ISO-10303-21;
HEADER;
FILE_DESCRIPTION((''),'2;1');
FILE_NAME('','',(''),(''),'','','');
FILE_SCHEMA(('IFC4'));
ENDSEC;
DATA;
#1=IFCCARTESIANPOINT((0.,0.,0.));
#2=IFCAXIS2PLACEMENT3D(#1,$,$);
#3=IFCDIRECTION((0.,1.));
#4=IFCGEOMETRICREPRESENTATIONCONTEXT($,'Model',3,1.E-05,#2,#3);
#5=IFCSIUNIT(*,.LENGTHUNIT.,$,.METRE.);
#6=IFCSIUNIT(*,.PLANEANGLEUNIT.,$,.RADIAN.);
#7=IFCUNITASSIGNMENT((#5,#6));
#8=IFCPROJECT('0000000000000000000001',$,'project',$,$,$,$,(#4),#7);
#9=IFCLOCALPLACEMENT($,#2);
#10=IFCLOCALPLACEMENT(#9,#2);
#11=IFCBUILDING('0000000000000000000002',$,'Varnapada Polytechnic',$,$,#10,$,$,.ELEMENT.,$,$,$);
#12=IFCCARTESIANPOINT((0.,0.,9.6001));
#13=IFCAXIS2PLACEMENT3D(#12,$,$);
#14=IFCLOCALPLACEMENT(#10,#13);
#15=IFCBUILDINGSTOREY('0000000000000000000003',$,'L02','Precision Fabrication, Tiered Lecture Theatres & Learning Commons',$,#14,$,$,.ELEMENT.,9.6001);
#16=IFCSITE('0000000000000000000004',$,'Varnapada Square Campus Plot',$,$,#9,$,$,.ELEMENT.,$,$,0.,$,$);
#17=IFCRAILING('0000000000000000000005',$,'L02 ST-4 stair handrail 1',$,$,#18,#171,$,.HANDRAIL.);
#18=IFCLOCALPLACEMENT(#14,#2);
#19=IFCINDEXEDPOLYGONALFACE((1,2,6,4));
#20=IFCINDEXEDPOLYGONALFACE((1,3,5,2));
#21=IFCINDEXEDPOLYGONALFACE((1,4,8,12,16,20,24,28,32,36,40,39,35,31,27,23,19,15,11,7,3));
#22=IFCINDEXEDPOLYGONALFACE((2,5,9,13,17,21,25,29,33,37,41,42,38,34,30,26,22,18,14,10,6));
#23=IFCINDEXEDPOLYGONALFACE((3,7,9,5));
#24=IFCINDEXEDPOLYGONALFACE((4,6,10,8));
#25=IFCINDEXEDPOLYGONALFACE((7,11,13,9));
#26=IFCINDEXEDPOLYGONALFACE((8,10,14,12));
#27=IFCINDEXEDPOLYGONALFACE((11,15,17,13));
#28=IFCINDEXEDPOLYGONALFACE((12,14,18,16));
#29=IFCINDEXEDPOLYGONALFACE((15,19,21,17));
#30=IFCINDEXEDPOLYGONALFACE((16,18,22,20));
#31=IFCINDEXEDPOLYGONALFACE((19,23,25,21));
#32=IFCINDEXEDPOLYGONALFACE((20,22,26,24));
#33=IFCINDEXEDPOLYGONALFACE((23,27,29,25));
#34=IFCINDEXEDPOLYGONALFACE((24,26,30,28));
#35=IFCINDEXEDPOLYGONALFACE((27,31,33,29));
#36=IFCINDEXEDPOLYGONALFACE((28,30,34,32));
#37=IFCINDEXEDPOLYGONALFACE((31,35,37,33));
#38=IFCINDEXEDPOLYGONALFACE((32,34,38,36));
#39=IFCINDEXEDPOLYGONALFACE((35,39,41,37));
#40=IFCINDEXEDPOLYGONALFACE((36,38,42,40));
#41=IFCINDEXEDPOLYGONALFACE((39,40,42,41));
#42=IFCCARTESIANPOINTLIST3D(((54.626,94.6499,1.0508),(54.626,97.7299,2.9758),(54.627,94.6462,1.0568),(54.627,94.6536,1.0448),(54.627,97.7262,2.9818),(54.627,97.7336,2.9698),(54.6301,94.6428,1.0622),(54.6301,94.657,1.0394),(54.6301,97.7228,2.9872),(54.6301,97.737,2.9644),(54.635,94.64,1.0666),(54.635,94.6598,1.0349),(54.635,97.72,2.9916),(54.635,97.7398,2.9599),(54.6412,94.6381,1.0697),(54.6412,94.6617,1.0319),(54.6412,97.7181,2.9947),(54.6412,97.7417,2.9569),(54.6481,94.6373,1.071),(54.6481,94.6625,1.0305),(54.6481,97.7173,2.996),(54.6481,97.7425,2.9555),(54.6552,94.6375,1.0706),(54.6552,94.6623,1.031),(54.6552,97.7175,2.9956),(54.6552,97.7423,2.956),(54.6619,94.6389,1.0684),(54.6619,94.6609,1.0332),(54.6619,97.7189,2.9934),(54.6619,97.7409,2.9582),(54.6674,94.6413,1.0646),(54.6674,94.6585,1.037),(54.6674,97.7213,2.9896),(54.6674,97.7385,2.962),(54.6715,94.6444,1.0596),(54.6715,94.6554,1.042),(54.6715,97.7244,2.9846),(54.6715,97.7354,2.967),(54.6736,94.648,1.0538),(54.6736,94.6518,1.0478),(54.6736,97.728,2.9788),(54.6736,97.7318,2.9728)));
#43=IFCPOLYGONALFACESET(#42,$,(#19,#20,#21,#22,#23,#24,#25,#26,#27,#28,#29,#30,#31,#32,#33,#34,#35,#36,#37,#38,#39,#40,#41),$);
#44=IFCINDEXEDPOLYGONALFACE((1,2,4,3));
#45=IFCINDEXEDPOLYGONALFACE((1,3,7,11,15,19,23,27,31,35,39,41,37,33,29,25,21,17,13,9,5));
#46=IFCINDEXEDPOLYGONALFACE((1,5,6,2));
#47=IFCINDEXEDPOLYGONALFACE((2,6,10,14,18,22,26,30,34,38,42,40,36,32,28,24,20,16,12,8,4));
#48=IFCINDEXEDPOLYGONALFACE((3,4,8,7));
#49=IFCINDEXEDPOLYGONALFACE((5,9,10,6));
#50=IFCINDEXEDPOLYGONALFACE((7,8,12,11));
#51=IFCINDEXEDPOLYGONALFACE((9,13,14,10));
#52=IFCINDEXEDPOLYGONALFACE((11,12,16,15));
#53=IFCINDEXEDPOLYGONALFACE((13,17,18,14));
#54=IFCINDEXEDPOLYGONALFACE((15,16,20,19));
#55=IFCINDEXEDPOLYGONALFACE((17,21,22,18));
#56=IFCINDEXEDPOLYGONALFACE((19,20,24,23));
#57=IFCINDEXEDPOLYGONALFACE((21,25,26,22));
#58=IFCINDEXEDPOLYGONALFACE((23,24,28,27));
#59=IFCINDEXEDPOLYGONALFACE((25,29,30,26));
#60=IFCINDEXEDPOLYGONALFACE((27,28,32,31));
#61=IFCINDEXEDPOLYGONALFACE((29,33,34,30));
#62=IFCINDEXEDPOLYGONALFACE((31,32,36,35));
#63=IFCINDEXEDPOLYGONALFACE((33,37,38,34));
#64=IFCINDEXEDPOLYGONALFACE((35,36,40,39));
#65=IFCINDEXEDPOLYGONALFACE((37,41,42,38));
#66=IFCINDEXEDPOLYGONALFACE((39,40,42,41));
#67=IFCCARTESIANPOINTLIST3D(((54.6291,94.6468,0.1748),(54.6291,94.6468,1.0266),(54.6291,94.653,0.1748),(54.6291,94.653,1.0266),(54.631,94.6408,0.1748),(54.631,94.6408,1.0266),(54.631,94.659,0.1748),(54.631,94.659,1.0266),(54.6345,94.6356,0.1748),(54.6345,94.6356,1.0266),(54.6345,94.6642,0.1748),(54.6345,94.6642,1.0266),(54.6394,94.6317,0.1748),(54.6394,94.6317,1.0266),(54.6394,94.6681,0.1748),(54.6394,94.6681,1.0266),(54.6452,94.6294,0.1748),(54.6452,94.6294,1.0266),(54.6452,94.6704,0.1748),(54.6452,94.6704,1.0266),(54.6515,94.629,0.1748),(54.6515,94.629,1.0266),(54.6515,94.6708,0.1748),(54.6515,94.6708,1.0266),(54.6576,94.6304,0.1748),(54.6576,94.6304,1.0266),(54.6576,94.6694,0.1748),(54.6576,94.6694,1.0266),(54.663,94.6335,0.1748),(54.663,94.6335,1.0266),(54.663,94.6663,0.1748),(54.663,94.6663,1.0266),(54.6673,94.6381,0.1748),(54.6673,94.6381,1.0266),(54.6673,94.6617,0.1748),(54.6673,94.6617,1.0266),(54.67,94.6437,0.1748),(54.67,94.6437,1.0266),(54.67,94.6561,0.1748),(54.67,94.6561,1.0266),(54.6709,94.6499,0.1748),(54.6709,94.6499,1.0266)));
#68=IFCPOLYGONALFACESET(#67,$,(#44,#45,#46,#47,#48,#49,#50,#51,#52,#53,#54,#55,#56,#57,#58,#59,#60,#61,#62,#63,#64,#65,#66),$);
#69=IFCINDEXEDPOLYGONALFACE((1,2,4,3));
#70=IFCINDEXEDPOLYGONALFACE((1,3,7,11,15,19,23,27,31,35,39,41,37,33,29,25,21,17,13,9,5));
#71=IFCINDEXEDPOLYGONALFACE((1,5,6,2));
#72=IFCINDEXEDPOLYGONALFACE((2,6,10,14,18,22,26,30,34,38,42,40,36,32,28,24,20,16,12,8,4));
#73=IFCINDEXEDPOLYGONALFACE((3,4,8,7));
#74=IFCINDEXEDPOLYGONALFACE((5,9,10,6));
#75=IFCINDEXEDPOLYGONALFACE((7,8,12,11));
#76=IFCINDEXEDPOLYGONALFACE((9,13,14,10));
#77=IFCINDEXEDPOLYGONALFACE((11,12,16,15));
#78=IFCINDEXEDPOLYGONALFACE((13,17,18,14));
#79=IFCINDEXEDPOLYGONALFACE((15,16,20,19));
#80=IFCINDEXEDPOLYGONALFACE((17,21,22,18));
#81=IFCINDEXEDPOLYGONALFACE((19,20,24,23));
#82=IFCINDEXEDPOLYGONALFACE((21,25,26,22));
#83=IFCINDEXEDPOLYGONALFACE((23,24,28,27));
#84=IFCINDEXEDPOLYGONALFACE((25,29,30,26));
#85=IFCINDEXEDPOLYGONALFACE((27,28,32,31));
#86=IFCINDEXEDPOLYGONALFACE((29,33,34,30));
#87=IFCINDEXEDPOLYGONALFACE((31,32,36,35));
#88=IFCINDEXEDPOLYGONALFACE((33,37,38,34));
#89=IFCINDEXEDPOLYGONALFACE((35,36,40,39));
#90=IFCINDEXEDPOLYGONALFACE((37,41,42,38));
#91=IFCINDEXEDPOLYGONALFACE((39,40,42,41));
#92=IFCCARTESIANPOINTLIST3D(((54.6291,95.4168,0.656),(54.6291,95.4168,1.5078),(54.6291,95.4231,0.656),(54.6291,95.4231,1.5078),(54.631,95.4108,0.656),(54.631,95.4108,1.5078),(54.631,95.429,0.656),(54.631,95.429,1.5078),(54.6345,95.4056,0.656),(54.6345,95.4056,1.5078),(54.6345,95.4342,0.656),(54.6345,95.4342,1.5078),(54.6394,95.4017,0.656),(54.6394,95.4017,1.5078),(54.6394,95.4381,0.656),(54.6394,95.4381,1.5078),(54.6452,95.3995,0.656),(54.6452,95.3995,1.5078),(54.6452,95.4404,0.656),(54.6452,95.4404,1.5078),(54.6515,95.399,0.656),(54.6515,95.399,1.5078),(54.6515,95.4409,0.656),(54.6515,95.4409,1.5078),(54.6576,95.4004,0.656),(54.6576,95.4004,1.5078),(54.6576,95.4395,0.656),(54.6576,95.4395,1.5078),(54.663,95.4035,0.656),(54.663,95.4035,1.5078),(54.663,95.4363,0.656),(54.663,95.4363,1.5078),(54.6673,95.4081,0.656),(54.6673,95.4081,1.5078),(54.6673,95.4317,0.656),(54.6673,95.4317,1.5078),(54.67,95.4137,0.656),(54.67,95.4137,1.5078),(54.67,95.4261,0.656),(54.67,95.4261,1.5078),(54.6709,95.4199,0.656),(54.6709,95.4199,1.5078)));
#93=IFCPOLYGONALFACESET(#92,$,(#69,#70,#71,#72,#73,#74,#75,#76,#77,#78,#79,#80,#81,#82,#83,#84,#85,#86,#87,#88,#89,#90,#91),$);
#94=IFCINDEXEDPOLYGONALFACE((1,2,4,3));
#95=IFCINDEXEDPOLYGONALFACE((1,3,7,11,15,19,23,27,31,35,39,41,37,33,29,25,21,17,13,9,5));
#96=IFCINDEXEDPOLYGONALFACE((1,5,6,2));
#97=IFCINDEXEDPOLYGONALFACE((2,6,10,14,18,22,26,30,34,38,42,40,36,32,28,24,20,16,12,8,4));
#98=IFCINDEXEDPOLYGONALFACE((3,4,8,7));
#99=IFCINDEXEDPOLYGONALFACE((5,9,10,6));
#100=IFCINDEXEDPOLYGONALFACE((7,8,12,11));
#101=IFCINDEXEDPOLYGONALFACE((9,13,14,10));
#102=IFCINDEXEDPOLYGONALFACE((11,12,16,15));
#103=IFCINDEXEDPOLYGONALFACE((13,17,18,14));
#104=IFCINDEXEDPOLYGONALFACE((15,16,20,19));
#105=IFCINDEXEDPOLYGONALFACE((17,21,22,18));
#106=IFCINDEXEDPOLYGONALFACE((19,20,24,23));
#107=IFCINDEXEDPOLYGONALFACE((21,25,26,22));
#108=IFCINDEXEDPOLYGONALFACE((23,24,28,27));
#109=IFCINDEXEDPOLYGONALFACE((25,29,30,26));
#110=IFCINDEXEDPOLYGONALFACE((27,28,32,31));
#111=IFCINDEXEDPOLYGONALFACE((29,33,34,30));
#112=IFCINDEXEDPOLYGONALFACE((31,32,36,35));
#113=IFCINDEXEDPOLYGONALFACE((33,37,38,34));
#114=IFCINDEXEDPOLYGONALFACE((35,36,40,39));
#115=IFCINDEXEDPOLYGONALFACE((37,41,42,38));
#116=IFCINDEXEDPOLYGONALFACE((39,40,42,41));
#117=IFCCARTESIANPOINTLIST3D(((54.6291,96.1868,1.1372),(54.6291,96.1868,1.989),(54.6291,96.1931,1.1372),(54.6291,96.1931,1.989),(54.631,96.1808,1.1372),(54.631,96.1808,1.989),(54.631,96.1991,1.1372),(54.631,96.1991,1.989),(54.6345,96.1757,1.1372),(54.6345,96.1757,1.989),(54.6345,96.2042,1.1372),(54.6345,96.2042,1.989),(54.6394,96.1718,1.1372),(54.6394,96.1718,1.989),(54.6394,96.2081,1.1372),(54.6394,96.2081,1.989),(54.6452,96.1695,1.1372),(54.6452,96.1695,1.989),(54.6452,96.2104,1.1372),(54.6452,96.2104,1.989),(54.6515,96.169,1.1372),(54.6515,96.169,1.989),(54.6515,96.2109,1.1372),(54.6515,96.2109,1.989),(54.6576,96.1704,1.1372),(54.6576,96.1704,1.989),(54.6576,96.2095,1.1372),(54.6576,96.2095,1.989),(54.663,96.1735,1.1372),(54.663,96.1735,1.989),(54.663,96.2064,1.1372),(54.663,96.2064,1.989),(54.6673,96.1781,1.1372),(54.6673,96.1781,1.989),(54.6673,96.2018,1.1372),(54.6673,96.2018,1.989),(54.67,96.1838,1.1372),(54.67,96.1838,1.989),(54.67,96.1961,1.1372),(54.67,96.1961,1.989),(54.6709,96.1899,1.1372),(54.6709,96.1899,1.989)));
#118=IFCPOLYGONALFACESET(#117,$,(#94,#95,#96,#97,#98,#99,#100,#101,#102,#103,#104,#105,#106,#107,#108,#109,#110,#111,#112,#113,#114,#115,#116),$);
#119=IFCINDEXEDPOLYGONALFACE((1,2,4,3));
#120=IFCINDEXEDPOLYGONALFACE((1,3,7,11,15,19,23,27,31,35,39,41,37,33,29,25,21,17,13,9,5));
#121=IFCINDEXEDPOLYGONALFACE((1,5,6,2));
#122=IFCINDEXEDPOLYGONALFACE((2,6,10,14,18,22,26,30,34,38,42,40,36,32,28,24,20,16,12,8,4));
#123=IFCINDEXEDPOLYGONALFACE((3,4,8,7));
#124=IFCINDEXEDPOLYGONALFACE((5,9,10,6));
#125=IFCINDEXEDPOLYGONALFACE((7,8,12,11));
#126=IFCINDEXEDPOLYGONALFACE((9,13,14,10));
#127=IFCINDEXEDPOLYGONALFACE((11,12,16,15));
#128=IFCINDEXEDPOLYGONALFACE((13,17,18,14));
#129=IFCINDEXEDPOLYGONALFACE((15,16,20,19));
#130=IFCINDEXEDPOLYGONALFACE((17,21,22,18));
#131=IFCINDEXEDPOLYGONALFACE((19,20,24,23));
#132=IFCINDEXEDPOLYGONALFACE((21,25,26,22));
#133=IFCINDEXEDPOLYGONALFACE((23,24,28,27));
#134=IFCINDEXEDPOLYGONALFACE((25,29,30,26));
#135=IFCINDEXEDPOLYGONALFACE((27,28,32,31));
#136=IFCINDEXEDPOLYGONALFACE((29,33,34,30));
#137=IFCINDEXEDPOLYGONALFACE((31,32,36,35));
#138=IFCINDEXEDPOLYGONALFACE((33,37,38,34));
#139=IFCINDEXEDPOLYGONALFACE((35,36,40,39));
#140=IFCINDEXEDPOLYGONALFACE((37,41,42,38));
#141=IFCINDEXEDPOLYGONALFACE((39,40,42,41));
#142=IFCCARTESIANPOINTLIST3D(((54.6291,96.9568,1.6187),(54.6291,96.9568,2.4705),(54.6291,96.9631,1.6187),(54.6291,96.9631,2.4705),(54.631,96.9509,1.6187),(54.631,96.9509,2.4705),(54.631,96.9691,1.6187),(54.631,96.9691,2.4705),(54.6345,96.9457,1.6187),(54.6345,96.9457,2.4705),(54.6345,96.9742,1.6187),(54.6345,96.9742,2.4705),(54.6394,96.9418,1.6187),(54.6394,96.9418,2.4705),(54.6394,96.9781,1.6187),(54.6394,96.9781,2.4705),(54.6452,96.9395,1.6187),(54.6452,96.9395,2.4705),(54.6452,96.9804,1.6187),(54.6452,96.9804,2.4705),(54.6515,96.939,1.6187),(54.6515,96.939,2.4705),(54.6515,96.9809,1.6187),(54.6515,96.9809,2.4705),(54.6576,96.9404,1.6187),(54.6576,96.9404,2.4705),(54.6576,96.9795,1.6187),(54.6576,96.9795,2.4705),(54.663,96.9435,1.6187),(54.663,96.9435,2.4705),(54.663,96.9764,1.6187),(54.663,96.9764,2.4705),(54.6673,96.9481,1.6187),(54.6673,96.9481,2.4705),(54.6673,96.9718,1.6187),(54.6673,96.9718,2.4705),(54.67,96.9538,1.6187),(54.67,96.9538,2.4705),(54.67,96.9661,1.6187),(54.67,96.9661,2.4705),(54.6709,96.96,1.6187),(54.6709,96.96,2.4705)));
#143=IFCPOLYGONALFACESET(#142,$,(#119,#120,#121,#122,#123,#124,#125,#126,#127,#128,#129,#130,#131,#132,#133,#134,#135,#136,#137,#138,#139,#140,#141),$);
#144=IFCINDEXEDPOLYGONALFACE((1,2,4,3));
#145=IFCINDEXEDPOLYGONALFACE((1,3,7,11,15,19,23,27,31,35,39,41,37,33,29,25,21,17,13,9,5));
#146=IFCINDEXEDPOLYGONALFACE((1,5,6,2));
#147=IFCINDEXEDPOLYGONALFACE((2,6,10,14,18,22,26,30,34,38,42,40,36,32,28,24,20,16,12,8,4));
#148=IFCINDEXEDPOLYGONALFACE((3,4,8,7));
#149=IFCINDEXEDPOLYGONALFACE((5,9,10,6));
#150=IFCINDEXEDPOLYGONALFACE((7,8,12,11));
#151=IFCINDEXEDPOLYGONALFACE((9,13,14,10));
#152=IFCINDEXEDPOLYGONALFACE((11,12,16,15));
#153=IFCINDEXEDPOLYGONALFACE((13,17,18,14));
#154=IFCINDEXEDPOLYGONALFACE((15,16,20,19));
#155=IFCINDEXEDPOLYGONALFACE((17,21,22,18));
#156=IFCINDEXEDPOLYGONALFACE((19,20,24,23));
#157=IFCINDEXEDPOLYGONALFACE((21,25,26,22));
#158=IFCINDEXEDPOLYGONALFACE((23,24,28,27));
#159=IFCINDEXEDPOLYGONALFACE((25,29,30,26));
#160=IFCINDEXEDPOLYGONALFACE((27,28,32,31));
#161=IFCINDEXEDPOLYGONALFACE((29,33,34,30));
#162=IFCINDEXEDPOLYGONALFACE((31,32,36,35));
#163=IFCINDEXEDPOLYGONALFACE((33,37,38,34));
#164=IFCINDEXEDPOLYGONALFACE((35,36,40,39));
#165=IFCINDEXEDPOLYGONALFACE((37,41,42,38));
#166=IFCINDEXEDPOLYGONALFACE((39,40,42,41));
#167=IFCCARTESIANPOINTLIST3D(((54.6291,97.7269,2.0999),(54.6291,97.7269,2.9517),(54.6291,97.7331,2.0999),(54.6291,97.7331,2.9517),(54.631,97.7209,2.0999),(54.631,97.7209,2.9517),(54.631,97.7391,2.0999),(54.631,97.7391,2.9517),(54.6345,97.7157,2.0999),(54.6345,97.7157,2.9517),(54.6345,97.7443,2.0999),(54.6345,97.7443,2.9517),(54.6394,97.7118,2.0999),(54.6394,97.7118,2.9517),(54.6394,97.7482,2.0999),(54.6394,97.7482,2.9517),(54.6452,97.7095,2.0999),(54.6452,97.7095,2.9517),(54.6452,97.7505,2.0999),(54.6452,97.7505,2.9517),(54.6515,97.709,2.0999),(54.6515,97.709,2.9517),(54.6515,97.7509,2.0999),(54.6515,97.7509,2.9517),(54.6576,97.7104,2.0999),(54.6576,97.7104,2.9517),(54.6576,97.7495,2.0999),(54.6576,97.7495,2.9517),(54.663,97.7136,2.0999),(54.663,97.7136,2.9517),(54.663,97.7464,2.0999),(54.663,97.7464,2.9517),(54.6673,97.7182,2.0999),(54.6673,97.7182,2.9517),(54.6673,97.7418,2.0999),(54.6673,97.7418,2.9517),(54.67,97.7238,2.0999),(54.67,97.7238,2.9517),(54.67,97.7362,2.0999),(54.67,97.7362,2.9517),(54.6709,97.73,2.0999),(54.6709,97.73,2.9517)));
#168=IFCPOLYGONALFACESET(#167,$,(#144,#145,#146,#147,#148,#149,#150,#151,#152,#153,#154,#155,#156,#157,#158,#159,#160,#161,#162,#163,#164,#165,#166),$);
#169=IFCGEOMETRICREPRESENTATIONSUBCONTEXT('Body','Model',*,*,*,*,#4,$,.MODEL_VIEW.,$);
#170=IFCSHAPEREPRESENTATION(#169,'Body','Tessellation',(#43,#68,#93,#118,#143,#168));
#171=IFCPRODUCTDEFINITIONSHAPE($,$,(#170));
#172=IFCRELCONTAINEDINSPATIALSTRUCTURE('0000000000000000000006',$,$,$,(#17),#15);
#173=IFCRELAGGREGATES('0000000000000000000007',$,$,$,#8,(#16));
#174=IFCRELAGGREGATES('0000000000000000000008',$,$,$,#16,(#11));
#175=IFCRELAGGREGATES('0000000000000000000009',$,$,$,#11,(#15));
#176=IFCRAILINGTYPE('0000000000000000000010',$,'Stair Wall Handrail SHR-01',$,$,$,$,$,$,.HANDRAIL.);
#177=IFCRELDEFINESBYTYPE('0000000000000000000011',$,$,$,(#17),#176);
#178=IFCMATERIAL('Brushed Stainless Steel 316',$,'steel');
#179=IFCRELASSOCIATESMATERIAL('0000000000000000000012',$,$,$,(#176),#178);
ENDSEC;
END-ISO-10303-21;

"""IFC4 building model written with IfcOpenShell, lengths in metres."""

from ifc_helpers import new_model, si_unit, direction, frame, origin, origin_2d, place, context, subcontext, project, spatial, circle, extrude, material, type_object, element, save


model = new_model("IFC4")

# Units and contexts
model_context = context("Model", 3, precision=1e-05, world=origin(), true_north=direction((0.0, 1.0)))
body_context = subcontext(model_context, "Body", "Model", "MODEL_VIEW")
ifc_project = project(units=[si_unit("LENGTHUNIT", "METRE"), si_unit("PLANEANGLEUNIT", "RADIAN")], contexts=[model_context])

# Site, building, storey
site_placement = place(None, origin())
site = spatial("IfcSite", under=ifc_project, at=site_placement, Name="Varnapada Square Campus Plot", CompositionType="ELEMENT", RefElevation=0.0)
building_placement = place(site_placement, origin())
building = spatial("IfcBuilding", under=site, at=building_placement, Name="Varnapada Polytechnic", CompositionType="ELEMENT")
storey_placement = place(building_placement, frame((0.0, 0.0, 9.6001)))
storey = spatial("IfcBuildingStorey", under=building, at=storey_placement, Name="L02", Description="Precision Fabrication, Tiered Lecture Theatres & Learning Commons", CompositionType="ELEMENT", Elevation=9.6001)

# Shared definitions
ifc_material_1 = material(Name="Brushed Stainless Steel 316", Category="steel")

# Railing
railing_type_1 = type_object("IfcRailingType", Name="Stair Wall Handrail SHR-01", PredefinedType="HANDRAIL", material=ifc_material_1)
railing_1_placement = place(storey_placement, frame((54.6499, 94.6499, 0.1748)))
element("IfcRailing", 1, at=railing_1_placement, inside=storey, type_object=railing_type_1, Name="L02 ST-4 stair handrail 1", PredefinedType="HANDRAIL", context=body_context, shape_type="SweptSolid", body=[
    extrude(circle(Radius=0.0239, at=origin_2d()), frame((0.0, 0.0, 0.876), z_axis=(0.0, 0.847998, 0.529999), x_axis=(-1.0, 0.0, 0.0)), (0.0, 0.0, 1.0), 3.6321),
    extrude(circle(Radius=0.021, at=origin_2d()), origin(), (0.0, 0.0, 1.0), 0.8518),
    extrude(circle(Radius=0.021, at=origin_2d()), frame((0.0, 0.77, 0.4812)), (0.0, 0.0, 1.0), 0.8518),
    extrude(circle(Radius=0.021, at=origin_2d()), frame((0.0, 1.54, 0.9624)), (0.0, 0.0, 1.0), 0.8518),
    extrude(circle(Radius=0.021, at=origin_2d()), frame((0.0, 2.3101, 1.4438)), (0.0, 0.0, 1.0), 0.8518),
    extrude(circle(Radius=0.021, at=origin_2d()), frame((0.0, 3.0801, 1.925)), (0.0, 0.0, 1.0), 0.8518),
])

save(model, "model.ifc")
